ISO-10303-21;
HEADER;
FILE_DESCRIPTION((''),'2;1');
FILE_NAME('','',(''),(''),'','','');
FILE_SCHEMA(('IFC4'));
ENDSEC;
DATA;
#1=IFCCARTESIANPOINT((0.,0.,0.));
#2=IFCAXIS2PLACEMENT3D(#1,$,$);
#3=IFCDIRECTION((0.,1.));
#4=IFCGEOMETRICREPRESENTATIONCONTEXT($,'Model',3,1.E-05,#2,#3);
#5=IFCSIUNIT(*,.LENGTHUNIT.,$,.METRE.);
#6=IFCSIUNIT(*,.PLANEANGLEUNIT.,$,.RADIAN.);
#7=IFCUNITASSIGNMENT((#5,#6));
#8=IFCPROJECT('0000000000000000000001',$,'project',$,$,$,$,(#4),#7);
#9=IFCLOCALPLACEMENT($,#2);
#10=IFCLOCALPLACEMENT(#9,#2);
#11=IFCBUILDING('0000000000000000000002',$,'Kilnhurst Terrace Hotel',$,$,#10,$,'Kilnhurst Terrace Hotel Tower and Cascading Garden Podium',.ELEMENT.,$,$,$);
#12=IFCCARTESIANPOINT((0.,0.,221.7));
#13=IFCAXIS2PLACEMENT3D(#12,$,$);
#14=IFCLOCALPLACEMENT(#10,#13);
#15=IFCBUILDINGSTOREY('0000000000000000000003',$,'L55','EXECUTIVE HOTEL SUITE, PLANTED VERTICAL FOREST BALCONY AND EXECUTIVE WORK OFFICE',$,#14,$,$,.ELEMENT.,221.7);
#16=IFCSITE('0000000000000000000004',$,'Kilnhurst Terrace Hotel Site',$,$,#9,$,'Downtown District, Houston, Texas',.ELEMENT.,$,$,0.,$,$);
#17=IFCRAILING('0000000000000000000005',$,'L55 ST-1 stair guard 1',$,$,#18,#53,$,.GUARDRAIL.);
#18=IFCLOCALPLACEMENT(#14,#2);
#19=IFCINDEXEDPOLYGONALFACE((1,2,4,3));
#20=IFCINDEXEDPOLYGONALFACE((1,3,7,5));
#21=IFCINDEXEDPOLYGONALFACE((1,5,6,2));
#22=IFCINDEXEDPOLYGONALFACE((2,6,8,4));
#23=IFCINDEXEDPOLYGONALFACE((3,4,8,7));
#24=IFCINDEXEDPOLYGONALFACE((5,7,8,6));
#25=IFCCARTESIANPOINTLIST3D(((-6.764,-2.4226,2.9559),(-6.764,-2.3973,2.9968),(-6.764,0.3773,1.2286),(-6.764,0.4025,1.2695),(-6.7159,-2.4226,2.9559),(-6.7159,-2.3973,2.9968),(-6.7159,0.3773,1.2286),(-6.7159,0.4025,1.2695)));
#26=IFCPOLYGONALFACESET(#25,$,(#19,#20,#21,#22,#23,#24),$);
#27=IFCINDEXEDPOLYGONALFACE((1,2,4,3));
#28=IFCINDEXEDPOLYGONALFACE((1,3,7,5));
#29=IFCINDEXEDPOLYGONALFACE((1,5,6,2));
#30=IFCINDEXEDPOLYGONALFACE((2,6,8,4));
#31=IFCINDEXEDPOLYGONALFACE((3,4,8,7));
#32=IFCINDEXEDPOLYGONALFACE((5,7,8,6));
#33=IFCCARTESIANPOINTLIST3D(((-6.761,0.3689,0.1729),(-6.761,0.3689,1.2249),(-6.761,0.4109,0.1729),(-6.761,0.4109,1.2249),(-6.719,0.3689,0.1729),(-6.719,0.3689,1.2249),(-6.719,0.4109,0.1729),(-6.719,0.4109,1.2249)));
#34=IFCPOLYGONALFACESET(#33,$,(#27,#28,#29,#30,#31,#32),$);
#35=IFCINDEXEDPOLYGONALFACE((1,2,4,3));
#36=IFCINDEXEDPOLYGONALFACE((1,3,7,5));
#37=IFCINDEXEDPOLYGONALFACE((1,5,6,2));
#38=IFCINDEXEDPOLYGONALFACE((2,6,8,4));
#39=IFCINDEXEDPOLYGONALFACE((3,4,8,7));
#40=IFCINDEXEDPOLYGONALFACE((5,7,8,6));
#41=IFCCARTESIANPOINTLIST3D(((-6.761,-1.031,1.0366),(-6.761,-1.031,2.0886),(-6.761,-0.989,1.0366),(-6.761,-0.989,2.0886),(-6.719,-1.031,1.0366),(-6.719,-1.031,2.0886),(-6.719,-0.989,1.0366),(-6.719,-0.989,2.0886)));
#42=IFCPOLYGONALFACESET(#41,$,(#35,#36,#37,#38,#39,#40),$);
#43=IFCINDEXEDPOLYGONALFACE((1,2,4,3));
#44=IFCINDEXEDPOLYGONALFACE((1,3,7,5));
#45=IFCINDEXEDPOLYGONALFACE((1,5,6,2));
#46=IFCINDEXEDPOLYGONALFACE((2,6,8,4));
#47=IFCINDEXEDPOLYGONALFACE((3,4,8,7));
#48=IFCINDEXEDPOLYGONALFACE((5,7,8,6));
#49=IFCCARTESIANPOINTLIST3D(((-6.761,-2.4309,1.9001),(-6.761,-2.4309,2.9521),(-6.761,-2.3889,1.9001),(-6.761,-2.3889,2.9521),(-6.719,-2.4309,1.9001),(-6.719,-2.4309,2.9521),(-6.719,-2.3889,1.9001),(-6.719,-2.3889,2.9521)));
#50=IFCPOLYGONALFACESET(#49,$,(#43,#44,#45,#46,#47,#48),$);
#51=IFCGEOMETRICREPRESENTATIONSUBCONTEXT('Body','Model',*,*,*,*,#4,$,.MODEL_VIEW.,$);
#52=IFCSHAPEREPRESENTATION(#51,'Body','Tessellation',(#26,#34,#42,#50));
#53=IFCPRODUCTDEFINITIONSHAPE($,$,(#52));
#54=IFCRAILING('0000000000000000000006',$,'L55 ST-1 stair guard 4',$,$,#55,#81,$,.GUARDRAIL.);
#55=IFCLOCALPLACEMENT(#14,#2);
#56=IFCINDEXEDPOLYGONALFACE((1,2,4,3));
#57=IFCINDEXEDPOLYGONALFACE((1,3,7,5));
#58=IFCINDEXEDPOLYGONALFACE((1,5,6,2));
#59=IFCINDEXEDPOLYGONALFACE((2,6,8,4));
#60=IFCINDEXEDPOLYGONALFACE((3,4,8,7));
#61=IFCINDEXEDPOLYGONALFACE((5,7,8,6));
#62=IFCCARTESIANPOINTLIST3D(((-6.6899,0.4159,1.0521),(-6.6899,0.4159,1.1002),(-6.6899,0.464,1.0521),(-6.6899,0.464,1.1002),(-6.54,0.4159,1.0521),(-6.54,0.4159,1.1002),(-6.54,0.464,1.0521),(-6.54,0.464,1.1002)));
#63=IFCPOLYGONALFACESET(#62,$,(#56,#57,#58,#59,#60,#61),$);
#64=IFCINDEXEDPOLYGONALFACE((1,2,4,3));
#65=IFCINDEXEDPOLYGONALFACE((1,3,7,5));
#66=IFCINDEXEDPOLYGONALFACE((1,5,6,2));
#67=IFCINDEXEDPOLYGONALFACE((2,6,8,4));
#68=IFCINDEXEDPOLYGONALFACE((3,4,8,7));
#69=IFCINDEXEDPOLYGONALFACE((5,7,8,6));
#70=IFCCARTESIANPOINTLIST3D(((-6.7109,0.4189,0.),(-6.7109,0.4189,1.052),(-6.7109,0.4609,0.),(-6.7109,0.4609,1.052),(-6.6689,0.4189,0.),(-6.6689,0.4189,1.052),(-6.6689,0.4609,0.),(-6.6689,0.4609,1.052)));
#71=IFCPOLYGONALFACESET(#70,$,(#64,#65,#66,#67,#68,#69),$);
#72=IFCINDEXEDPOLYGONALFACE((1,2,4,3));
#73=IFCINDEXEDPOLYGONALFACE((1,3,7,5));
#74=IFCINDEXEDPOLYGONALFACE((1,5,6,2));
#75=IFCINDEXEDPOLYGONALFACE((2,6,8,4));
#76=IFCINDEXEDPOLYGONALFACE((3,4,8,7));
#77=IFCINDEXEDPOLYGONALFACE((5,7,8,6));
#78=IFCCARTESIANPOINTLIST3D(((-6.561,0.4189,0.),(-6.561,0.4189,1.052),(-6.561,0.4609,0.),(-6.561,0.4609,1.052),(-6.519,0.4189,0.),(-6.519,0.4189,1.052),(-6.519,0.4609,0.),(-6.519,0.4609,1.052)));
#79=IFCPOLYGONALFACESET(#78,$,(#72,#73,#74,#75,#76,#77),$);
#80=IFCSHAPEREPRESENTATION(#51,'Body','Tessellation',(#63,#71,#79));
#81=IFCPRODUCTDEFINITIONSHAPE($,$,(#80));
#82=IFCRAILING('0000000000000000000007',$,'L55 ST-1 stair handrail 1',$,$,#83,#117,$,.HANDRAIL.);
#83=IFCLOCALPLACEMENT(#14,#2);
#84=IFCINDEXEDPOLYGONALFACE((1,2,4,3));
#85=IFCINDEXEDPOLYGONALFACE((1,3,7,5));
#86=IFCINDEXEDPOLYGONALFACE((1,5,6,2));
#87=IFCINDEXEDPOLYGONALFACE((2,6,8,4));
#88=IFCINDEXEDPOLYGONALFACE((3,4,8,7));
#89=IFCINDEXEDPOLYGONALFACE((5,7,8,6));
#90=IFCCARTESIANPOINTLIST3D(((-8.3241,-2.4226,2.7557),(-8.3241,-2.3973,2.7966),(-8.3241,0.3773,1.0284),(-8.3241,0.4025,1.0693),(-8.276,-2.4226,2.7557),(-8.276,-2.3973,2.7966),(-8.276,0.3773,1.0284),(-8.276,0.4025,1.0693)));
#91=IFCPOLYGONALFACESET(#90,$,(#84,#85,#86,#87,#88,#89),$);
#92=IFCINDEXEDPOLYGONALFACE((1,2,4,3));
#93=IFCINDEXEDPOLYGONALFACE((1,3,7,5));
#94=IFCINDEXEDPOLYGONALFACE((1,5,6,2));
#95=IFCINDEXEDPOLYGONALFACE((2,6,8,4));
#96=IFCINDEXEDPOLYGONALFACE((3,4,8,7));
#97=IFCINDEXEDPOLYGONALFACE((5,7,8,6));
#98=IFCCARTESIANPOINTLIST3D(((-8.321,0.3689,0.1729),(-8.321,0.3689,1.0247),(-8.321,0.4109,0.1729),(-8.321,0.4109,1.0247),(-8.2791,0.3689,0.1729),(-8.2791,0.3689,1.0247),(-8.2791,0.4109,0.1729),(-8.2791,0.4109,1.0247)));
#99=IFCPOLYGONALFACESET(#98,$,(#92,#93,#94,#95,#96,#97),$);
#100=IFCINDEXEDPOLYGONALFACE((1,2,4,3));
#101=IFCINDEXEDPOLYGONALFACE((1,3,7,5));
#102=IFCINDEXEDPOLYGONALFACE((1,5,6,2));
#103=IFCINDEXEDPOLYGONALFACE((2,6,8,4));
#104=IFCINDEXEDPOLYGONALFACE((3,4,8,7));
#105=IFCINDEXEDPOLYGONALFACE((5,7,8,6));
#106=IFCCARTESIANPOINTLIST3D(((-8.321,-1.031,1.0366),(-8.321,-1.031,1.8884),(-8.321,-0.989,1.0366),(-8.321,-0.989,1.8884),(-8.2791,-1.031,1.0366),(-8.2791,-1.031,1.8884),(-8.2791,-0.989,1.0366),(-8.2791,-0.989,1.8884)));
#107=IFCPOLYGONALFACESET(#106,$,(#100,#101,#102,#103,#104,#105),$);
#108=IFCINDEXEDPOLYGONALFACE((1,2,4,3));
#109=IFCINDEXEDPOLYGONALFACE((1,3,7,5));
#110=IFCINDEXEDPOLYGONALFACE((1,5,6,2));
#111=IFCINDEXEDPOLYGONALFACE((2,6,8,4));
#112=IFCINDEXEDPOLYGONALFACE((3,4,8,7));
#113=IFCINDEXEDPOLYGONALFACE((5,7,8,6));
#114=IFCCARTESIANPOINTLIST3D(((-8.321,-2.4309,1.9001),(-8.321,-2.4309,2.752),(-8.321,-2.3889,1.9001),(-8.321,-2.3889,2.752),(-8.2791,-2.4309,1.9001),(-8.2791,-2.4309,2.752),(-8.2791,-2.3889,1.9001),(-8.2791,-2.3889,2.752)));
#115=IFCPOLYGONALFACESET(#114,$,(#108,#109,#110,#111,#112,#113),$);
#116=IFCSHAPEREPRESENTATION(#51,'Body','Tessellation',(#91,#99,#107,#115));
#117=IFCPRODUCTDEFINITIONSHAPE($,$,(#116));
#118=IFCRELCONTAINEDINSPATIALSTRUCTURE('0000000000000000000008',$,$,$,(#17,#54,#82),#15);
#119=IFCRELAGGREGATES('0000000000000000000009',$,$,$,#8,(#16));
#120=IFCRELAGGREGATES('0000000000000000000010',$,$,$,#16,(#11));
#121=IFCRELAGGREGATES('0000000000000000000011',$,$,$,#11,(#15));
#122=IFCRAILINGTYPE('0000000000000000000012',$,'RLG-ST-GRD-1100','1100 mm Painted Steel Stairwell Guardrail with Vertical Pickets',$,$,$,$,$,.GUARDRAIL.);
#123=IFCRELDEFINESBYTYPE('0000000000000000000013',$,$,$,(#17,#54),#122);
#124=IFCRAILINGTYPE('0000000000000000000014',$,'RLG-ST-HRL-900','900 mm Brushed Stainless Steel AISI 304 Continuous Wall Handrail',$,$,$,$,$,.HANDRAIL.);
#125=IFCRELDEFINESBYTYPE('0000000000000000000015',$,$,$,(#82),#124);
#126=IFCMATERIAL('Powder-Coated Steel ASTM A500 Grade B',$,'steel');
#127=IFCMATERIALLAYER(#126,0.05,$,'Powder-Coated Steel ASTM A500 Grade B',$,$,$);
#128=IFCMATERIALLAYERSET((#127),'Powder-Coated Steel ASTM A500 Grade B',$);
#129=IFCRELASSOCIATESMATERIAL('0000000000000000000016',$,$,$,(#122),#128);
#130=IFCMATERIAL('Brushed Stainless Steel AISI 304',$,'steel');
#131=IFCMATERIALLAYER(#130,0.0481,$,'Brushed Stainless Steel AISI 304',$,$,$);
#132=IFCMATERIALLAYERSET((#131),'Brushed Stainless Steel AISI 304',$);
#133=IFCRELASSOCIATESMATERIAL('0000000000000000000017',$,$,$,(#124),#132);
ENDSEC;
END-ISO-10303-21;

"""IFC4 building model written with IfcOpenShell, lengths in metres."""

from ifc_helpers import new_model, si_unit, direction, frame, origin, origin_2d, place, context, subcontext, project, spatial, rectangle, extrude, material, layer, layer_set, type_object, element, save


model = new_model("IFC4")

# Units and contexts
model_context = context("Model", 3, precision=1e-05, world=origin(), true_north=direction((0.0, 1.0)))
body_context = subcontext(model_context, "Body", "Model", "MODEL_VIEW")
ifc_project = project(units=[si_unit("LENGTHUNIT", "METRE"), si_unit("PLANEANGLEUNIT", "RADIAN")], contexts=[model_context])

# Site, building, storey
site_placement = place(None, origin())
site = spatial("IfcSite", under=ifc_project, at=site_placement, Name="Kilnhurst Terrace Hotel Site", LongName="Downtown District, Houston, Texas", CompositionType="ELEMENT", RefElevation=0.0)
building_placement = place(site_placement, origin())
building = spatial("IfcBuilding", under=site, at=building_placement, Name="Kilnhurst Terrace Hotel", LongName="Kilnhurst Terrace Hotel Tower and Cascading Garden Podium", CompositionType="ELEMENT")
storey_placement = place(building_placement, frame((0.0, 0.0, 221.7)))
storey = spatial("IfcBuildingStorey", under=building, at=storey_placement, Name="L55", Description="EXECUTIVE HOTEL SUITE, PLANTED VERTICAL FOREST BALCONY AND EXECUTIVE WORK OFFICE", CompositionType="ELEMENT", Elevation=221.7)

# Railings
ifc_material_1 = material(Name="Powder-Coated Steel ASTM A500 Grade B", Category="steel")
ifc_layer_1 = layer(ifc_material_1, 0.05, Name="Powder-Coated Steel ASTM A500 Grade B")
ifc_layer_set_1 = layer_set([ifc_layer_1], Name="Powder-Coated Steel ASTM A500 Grade B")
railing_type_1 = type_object("IfcRailingType", Name="RLG-ST-GRD-1100", Description="1100 mm Painted Steel Stairwell Guardrail with Vertical Pickets", PredefinedType="GUARDRAIL", material=ifc_layer_set_1)
railing_1_placement = place(storey_placement, frame((-6.74, 0.3899, 0.1729)))
element("IfcRailing", 1, at=railing_1_placement, inside=storey, type_object=railing_type_1, Name="L55 ST-1 stair guard 1", PredefinedType="GUARDRAIL", context=body_context, shape_type="SweptSolid", body=[
    extrude(rectangle(XDim=0.0481, YDim=0.0481, at=origin_2d()), frame((0.0, 0.0, 1.0762), z_axis=(0.0, -0.851069, 0.525054), x_axis=(1.0, 0.0, 0.0)), (0.0, 0.0, 1.0), 3.2898),
    extrude(rectangle(XDim=0.042, YDim=0.042, at=origin_2d()), origin(), (0.0, 0.0, 1.0), 1.052),
    extrude(rectangle(XDim=0.042, YDim=0.042, at=origin_2d()), frame((0.0, -1.3999, 0.8638)), (0.0, 0.0, 1.0), 1.052),
    extrude(rectangle(XDim=0.042, YDim=0.042, at=origin_2d()), frame((0.0, -2.7998, 1.7273)), (0.0, 0.0, 1.0), 1.052),
])
railing_2_placement = place(storey_placement, frame((-6.6899, 0.4399, 0.0)))
element("IfcRailing", 2, at=railing_2_placement, inside=storey, type_object=railing_type_1, Name="L55 ST-1 stair guard 4", PredefinedType="GUARDRAIL", context=body_context, shape_type="SweptSolid", body=[
    extrude(rectangle(XDim=0.0481, YDim=0.0481, at=origin_2d()), frame((0.0, 0.0, 1.0762), z_axis=(1.0, 0.0, 0.0), x_axis=(0.0, 1.0, 0.0)), (0.0, 0.0, 1.0), 0.1499),
    extrude(rectangle(XDim=0.042, YDim=0.042, at=origin_2d()), origin(), (0.0, 0.0, 1.0), 1.052),
    extrude(rectangle(XDim=0.042, YDim=0.042, at=origin_2d()), frame((0.1499, 0.0, 0.0)), (0.0, 0.0, 1.0), 1.052),
])
ifc_material_2 = material(Name="Brushed Stainless Steel AISI 304", Category="steel")
ifc_layer_2 = layer(ifc_material_2, 0.0481, Name="Brushed Stainless Steel AISI 304")
ifc_layer_set_2 = layer_set([ifc_layer_2], Name="Brushed Stainless Steel AISI 304")
railing_type_2 = type_object("IfcRailingType", Name="RLG-ST-HRL-900", Description="900 mm Brushed Stainless Steel AISI 304 Continuous Wall Handrail", PredefinedType="HANDRAIL", material=ifc_layer_set_2)
railing_3_placement = place(storey_placement, frame((-8.3, 0.3899, 0.1729)))
element("IfcRailing", 3, at=railing_3_placement, inside=storey, type_object=railing_type_2, Name="L55 ST-1 stair handrail 1", PredefinedType="HANDRAIL", context=body_context, shape_type="SweptSolid", body=[
    extrude(rectangle(XDim=0.0481, YDim=0.0481, at=origin_2d()), frame((0.0, 0.0, 0.876), z_axis=(0.0, -0.851069, 0.525054), x_axis=(1.0, 0.0, 0.0)), (0.0, 0.0, 1.0), 3.2898),
    extrude(rectangle(XDim=0.042, YDim=0.042, at=origin_2d()), origin(), (0.0, 0.0, 1.0), 0.8518),
    extrude(rectangle(XDim=0.042, YDim=0.042, at=origin_2d()), frame((0.0, -1.3999, 0.8638)), (0.0, 0.0, 1.0), 0.8518),
    extrude(rectangle(XDim=0.042, YDim=0.042, at=origin_2d()), frame((0.0, -2.7998, 1.7273)), (0.0, 0.0, 1.0), 0.8518),
])

save(model, "model.ifc")
